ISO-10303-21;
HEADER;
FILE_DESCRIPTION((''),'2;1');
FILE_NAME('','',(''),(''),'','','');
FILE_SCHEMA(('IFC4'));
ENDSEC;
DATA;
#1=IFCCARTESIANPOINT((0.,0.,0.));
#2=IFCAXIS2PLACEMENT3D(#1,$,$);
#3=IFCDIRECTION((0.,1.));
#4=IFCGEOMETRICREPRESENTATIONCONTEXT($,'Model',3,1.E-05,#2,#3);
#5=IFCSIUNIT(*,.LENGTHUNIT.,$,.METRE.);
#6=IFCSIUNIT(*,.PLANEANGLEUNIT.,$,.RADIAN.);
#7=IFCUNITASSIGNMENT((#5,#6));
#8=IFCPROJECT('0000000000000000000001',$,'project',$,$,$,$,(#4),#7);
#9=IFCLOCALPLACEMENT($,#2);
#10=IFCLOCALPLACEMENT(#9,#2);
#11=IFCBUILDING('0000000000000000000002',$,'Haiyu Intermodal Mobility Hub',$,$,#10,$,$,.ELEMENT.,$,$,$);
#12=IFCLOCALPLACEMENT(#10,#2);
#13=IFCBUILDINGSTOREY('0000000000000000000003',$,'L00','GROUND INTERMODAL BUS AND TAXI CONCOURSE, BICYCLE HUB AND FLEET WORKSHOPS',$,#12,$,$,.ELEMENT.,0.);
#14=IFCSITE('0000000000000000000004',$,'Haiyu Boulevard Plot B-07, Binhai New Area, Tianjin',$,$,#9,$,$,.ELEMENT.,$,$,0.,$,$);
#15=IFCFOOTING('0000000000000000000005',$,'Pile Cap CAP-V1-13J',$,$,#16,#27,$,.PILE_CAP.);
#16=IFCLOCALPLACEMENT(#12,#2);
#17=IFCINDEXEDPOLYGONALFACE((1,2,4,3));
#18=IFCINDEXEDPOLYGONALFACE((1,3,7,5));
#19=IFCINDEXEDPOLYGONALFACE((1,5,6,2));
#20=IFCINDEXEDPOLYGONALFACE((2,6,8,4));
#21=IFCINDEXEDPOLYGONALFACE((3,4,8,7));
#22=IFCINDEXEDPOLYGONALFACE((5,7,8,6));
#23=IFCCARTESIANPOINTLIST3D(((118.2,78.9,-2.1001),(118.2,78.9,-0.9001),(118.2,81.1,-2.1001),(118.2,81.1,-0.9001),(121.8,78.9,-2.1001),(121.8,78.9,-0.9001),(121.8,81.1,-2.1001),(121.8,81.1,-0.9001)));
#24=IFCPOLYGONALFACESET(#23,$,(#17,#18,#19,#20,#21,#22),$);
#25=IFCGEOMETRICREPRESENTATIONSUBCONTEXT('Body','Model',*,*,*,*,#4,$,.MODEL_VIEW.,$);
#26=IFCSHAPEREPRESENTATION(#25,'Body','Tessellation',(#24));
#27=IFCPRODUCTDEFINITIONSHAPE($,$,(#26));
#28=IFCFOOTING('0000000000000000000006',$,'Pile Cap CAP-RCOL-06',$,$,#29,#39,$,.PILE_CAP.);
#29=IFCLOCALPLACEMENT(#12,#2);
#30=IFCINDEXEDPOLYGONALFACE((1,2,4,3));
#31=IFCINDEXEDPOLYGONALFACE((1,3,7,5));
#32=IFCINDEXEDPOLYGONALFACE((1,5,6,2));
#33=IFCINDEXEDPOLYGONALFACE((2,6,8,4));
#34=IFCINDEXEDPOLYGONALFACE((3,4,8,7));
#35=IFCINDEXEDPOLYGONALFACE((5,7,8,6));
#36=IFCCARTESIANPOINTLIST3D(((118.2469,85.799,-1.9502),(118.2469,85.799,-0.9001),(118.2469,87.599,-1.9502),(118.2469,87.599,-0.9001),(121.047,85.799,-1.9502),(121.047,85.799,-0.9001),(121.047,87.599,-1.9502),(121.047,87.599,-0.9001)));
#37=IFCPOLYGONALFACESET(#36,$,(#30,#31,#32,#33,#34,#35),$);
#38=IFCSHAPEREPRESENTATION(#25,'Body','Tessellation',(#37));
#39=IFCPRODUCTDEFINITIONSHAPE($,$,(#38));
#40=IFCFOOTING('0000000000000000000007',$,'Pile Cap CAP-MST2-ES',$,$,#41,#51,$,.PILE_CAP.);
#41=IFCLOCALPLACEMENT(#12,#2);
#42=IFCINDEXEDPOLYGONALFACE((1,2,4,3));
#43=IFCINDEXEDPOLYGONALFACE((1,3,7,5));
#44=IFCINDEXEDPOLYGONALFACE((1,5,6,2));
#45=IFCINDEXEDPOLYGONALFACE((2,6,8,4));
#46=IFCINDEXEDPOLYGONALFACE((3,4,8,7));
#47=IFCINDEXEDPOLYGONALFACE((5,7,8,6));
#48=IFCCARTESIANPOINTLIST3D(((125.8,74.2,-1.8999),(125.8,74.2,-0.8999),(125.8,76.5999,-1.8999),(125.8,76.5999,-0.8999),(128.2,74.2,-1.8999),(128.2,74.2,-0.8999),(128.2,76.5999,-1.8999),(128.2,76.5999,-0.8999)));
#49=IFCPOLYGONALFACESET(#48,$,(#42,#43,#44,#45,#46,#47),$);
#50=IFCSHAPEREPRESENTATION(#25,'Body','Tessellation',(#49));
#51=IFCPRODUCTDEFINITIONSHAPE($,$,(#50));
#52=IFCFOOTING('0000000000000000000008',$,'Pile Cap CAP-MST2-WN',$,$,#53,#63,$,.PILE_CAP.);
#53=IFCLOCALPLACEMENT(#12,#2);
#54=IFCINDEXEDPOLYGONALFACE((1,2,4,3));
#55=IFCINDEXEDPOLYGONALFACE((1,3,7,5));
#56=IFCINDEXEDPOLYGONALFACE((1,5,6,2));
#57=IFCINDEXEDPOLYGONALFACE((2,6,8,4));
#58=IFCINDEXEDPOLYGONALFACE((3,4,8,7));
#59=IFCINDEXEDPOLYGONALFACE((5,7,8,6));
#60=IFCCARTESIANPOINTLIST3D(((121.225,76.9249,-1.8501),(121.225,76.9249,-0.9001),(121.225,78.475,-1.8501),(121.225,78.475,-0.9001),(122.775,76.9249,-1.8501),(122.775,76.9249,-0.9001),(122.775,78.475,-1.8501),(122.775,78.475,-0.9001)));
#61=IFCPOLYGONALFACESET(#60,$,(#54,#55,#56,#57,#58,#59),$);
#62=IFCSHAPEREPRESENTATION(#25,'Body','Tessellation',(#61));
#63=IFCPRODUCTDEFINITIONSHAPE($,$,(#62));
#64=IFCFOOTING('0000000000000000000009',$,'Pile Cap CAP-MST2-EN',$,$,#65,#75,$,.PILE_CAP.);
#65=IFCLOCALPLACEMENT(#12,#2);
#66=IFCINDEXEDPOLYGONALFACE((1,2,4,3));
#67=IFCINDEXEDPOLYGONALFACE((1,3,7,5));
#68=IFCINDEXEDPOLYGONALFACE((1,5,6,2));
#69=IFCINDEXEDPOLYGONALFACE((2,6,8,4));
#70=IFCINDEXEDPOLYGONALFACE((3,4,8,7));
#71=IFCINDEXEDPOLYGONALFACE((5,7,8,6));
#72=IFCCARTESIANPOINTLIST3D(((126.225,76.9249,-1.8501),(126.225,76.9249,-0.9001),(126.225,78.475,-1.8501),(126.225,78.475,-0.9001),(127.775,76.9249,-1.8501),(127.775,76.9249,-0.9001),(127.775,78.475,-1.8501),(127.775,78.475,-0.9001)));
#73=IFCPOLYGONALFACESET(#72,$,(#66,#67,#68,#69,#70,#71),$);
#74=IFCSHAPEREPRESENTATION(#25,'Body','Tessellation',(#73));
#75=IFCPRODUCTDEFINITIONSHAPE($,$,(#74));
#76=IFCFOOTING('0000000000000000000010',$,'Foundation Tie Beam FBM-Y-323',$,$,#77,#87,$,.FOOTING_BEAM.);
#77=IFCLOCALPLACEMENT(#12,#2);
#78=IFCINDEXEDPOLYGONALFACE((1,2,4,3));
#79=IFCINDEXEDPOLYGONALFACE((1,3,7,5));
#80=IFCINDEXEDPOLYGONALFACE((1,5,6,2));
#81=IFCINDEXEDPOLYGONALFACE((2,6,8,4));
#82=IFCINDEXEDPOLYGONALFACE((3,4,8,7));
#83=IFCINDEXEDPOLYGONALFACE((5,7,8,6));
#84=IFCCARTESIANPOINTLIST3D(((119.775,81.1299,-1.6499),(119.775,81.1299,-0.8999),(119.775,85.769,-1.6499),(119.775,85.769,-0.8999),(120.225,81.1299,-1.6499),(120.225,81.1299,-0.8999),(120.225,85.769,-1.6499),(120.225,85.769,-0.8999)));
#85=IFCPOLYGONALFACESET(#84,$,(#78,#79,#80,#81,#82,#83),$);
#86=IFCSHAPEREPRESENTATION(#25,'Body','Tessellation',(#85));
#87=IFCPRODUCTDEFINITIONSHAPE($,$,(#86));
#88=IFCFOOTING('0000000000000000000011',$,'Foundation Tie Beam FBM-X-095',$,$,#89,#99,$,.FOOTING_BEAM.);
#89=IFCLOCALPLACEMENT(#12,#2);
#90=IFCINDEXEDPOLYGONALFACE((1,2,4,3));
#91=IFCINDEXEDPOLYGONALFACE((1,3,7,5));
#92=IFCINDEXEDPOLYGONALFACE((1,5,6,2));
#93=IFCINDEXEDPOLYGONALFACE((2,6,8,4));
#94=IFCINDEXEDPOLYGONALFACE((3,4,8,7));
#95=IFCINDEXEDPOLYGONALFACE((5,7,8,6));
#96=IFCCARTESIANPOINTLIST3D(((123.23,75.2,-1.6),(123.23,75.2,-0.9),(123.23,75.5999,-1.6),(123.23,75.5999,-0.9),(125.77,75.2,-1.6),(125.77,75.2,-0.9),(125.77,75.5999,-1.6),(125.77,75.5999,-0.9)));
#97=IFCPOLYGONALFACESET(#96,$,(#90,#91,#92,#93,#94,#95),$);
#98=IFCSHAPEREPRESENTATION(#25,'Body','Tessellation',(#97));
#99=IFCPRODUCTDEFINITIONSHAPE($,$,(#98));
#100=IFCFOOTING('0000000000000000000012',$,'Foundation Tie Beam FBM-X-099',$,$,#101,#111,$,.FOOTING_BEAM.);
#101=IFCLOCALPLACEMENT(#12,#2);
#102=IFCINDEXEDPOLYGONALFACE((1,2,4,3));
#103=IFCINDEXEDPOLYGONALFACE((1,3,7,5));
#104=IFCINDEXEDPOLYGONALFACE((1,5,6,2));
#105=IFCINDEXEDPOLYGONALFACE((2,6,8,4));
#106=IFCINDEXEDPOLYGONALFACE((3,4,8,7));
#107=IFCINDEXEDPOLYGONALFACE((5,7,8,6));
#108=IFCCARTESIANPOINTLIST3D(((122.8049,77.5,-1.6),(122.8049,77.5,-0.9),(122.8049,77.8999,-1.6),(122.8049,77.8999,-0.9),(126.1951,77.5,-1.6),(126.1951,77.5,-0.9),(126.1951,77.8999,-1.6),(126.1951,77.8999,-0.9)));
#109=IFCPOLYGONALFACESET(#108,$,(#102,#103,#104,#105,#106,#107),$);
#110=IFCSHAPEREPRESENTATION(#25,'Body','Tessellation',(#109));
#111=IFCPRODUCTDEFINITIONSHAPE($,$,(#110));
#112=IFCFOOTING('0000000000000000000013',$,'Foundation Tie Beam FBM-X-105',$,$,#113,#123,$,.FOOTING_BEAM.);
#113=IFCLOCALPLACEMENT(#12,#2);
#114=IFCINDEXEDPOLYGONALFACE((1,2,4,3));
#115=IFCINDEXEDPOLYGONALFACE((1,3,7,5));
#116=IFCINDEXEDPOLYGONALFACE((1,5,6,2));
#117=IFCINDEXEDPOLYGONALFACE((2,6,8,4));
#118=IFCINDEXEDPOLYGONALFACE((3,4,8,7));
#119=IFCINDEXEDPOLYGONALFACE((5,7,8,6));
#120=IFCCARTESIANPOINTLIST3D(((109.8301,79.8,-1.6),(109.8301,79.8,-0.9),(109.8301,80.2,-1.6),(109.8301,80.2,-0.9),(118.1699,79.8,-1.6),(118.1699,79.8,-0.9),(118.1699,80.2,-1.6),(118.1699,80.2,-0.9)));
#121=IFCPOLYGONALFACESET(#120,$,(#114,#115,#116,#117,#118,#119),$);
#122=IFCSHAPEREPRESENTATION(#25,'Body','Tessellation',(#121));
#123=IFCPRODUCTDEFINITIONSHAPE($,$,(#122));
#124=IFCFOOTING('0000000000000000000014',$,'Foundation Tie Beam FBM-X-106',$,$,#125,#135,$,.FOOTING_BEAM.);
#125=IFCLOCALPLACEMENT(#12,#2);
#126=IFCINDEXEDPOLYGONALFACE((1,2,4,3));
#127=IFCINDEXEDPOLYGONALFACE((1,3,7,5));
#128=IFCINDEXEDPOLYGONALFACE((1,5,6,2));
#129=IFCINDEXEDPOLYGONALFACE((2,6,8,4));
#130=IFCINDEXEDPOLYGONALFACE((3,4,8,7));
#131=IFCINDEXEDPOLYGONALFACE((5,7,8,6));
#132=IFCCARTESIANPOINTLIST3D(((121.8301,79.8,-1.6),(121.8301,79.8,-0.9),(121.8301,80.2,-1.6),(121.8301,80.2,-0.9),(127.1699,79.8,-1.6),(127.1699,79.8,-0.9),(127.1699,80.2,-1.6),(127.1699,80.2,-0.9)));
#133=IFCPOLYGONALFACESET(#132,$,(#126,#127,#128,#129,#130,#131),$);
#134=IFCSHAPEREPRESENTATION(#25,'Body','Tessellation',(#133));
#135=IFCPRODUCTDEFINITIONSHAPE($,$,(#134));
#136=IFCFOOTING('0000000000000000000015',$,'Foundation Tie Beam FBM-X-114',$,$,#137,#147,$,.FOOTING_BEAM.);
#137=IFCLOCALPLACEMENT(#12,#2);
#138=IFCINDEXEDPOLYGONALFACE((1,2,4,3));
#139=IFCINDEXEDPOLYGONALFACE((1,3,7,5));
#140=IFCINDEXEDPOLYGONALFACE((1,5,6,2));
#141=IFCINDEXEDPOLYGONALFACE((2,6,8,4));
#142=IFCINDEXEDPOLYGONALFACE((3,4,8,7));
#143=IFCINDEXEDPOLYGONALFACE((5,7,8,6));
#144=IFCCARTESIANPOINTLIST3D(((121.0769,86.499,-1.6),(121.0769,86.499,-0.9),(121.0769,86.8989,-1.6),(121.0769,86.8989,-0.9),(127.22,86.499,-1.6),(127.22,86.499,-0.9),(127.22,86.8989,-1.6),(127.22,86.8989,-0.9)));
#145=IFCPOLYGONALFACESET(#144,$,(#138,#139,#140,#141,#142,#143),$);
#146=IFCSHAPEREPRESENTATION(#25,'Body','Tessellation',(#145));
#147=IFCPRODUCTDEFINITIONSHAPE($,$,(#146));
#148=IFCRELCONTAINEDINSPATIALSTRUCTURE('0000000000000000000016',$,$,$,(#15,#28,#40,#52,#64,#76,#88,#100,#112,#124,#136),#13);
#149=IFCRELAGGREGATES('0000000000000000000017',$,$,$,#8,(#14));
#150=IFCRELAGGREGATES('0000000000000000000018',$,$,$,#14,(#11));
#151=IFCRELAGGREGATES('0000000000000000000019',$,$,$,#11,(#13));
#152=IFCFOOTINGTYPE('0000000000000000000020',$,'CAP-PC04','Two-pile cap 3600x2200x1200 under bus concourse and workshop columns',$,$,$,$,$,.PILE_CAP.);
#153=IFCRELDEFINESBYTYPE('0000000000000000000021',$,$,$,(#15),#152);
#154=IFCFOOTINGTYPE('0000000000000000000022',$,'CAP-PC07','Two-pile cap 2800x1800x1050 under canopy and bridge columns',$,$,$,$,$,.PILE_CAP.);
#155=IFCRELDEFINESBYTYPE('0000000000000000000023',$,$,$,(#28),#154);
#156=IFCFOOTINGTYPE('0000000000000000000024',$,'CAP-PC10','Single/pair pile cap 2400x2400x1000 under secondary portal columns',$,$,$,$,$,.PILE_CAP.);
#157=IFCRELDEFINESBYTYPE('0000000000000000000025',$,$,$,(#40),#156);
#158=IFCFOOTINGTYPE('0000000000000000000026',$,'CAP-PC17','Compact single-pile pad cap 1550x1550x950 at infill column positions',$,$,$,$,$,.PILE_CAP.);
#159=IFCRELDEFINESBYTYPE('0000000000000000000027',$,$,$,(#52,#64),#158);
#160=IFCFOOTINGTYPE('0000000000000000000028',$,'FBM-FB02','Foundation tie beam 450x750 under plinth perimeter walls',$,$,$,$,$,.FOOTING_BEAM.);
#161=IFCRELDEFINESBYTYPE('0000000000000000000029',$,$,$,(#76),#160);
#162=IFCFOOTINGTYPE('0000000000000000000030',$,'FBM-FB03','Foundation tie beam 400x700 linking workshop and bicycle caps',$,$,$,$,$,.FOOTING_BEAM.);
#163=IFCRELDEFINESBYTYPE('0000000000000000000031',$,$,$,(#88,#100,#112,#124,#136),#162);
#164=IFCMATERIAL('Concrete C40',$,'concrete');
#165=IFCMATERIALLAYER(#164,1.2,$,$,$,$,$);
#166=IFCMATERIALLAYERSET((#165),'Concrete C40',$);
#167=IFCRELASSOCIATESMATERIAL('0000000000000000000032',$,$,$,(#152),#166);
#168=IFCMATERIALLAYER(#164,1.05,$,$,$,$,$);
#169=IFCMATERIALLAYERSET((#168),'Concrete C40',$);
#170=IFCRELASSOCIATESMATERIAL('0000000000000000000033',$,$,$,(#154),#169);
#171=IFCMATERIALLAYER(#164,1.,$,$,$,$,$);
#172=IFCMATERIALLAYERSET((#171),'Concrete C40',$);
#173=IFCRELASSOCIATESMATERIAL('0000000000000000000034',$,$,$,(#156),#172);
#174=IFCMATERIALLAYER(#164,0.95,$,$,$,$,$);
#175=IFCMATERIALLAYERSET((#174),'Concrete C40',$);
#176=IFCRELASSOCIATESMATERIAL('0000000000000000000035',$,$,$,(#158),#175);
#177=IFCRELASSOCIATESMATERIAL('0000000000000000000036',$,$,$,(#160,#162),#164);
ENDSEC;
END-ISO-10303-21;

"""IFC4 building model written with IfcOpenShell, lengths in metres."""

from ifc_helpers import new_model, si_unit, direction, frame, origin, origin_2d, place, context, subcontext, project, spatial, rectangle, extrude, material, layer, layer_set, material_profile, profile_set, type_object, element, save


model = new_model("IFC4")

# Units and contexts
model_context = context("Model", 3, precision=1e-05, world=origin(), true_north=direction((0.0, 1.0)))
body_context = subcontext(model_context, "Body", "Model", "MODEL_VIEW")
ifc_project = project(units=[si_unit("LENGTHUNIT", "METRE"), si_unit("PLANEANGLEUNIT", "RADIAN")], contexts=[model_context])

# Site, building, storey
site_placement = place(None, origin())
site = spatial("IfcSite", under=ifc_project, at=site_placement, Name="Haiyu Boulevard Plot B-07, Binhai New Area, Tianjin", CompositionType="ELEMENT", RefElevation=0.0)
building_placement = place(site_placement, origin())
building = spatial("IfcBuilding", under=site, at=building_placement, Name="Haiyu Intermodal Mobility Hub", CompositionType="ELEMENT")
storey_placement = place(building_placement, origin())
storey = spatial("IfcBuildingStorey", under=building, at=storey_placement, Name="L00", Description="GROUND INTERMODAL BUS AND TAXI CONCOURSE, BICYCLE HUB AND FLEET WORKSHOPS", CompositionType="ELEMENT", Elevation=0.0)

# Footings
ifc_material_1 = material(Name="Concrete C40", Category="concrete")
ifc_layer_1 = layer(ifc_material_1, 1.2)
ifc_layer_set_1 = layer_set([ifc_layer_1], Name="Concrete C40")
footing_type_1 = type_object("IfcFootingType", Name="CAP-PC04", Description="Two-pile cap 3600x2200x1200 under bus concourse and workshop columns", PredefinedType="PILE_CAP", material=ifc_layer_set_1)
footing_1_placement = place(storey_placement, frame((120.0, 80.0, -2.1001), z_axis=(0.0, 0.0, 1.0), x_axis=(1.0, 0.0, 0.0)))
element("IfcFooting", 1, at=footing_1_placement, inside=storey, type_object=footing_type_1, Name="Pile Cap CAP-V1-13J", PredefinedType="PILE_CAP", context=body_context, shape_type="SweptSolid", body=[
    extrude(rectangle(XDim=3.6001, YDim=2.2, at=origin_2d()), origin(), (0.0, 0.0, 1.0), 1.2),
])
ifc_layer_2 = layer(ifc_material_1, 1.05)
ifc_layer_set_2 = layer_set([ifc_layer_2], Name="Concrete C40")
footing_type_2 = type_object("IfcFootingType", Name="CAP-PC07", Description="Two-pile cap 2800x1800x1050 under canopy and bridge columns", PredefinedType="PILE_CAP", material=ifc_layer_set_2)
footing_2_placement = place(storey_placement, frame((119.647, 86.699, -1.9502), z_axis=(0.0, 0.0, 1.0), x_axis=(1.0, 0.0, 0.0)))
element("IfcFooting", 2, at=footing_2_placement, inside=storey, type_object=footing_type_2, Name="Pile Cap CAP-RCOL-06", PredefinedType="PILE_CAP", context=body_context, shape_type="SweptSolid", body=[
    extrude(rectangle(XDim=2.8, YDim=1.8, at=origin_2d()), origin(), (0.0, 0.0, 1.0), 1.05),
])
ifc_layer_3 = layer(ifc_material_1, 1.0)
ifc_layer_set_3 = layer_set([ifc_layer_3], Name="Concrete C40")
footing_type_3 = type_object("IfcFootingType", Name="CAP-PC10", Description="Single/pair pile cap 2400x2400x1000 under secondary portal columns", PredefinedType="PILE_CAP", material=ifc_layer_set_3)
footing_3_placement = place(storey_placement, frame((127.0, 75.3999, -1.8999), z_axis=(0.0, 0.0, 1.0), x_axis=(1.0, 0.0, 0.0)))
element("IfcFooting", 3, at=footing_3_placement, inside=storey, type_object=footing_type_3, Name="Pile Cap CAP-MST2-ES", PredefinedType="PILE_CAP", context=body_context, shape_type="SweptSolid", body=[
    extrude(rectangle(XDim=2.3999, YDim=2.3999, at=origin_2d()), origin(), (0.0, 0.0, 1.0), 1.0),
])
ifc_layer_4 = layer(ifc_material_1, 0.95)
ifc_layer_set_4 = layer_set([ifc_layer_4], Name="Concrete C40")
footing_type_4 = type_object("IfcFootingType", Name="CAP-PC17", Description="Compact single-pile pad cap 1550x1550x950 at infill column positions", PredefinedType="PILE_CAP", material=ifc_layer_set_4)
for number, where, z_axis, x_axis, name in (
    (4, (122.0, 77.7, -1.8501), (0.0, 0.0, 1.0), (1.0, 0.0, 0.0), "Pile Cap CAP-MST2-WN"),
    (5, (127.0, 77.7, -1.8501), (0.0, 0.0, 1.0), (1.0, 0.0, 0.0), "Pile Cap CAP-MST2-EN"),
):
    element("IfcFooting", number, at=place(storey_placement, frame(where, z_axis=z_axis, x_axis=x_axis)), inside=storey, type_object=footing_type_4, Name=name, PredefinedType="PILE_CAP", context=body_context, shape_type="SweptSolid", body=[
        extrude(rectangle(XDim=1.55, YDim=1.55, at=origin_2d()), origin(), (0.0, 0.0, 1.0), 0.95),
    ])
ifc_material_profile_1 = material_profile(ifc_material_1, rectangle(XDim=0.45, YDim=0.75, at=origin_2d()), Name="FB450x750")
ifc_profile_set_1 = profile_set([ifc_material_profile_1], Name="Concrete C40")
footing_type_5 = type_object("IfcFootingType", Name="FBM-FB02", Description="Foundation tie beam 450x750 under plinth perimeter walls", PredefinedType="FOOTING_BEAM", material=ifc_profile_set_1)
footing_4_placement = place(storey_placement, frame((120.0, 81.1299, -1.2749), z_axis=(0.0, 1.0, 0.0), x_axis=(-1.0, 0.0, 0.0)))
element("IfcFooting", 6, at=footing_4_placement, inside=storey, type_object=footing_type_5, Name="Foundation Tie Beam FBM-Y-323", PredefinedType="FOOTING_BEAM", context=body_context, shape_type="SweptSolid", body=[
    extrude(rectangle(XDim=0.45, YDim=0.75, at=origin_2d()), origin(), (0.0, 0.0, 1.0), 4.6392),
])
ifc_material_profile_2 = material_profile(ifc_material_1, rectangle(XDim=0.3999, YDim=0.7, at=origin_2d()), Name="FB400x700")
ifc_profile_set_2 = profile_set([ifc_material_profile_2], Name="Concrete C40")
footing_type_6 = type_object("IfcFootingType", Name="FBM-FB03", Description="Foundation tie beam 400x700 linking workshop and bicycle caps", PredefinedType="FOOTING_BEAM", material=ifc_profile_set_2)
footing_5_placement = place(storey_placement, frame((123.23, 75.3999, -1.25), z_axis=(1.0, 0.0, 0.0), x_axis=(0.0, 1.0, 0.0)))
element("IfcFooting", 7, at=footing_5_placement, inside=storey, type_object=footing_type_6, Name="Foundation Tie Beam FBM-X-095", PredefinedType="FOOTING_BEAM", context=body_context, shape_type="SweptSolid", body=[
    extrude(rectangle(XDim=0.3999, YDim=0.7, at=origin_2d()), origin(), (0.0, 0.0, 1.0), 2.54),
])
footing_6_placement = place(storey_placement, frame((122.8049, 77.7, -1.25), z_axis=(1.0, 0.0, 0.0), x_axis=(0.0, 1.0, 0.0)))
element("IfcFooting", 8, at=footing_6_placement, inside=storey, type_object=footing_type_6, Name="Foundation Tie Beam FBM-X-099", PredefinedType="FOOTING_BEAM", context=body_context, shape_type="SweptSolid", body=[
    extrude(rectangle(XDim=0.3999, YDim=0.7, at=origin_2d()), origin(), (0.0, 0.0, 1.0), 3.3901),
])
footing_7_placement = place(storey_placement, frame((109.8301, 80.0, -1.25), z_axis=(1.0, 0.0, 0.0), x_axis=(0.0, 1.0, 0.0)))
element("IfcFooting", 9, at=footing_7_placement, inside=storey, type_object=footing_type_6, Name="Foundation Tie Beam FBM-X-105", PredefinedType="FOOTING_BEAM", context=body_context, shape_type="SweptSolid", body=[
    extrude(rectangle(XDim=0.3999, YDim=0.7, at=origin_2d()), origin(), (0.0, 0.0, 1.0), 8.3398),
])
footing_8_placement = place(storey_placement, frame((121.8301, 80.0, -1.25), z_axis=(1.0, 0.0, 0.0), x_axis=(0.0, 1.0, 0.0)))
element("IfcFooting", 10, at=footing_8_placement, inside=storey, type_object=footing_type_6, Name="Foundation Tie Beam FBM-X-106", PredefinedType="FOOTING_BEAM", context=body_context, shape_type="SweptSolid", body=[
    extrude(rectangle(XDim=0.3999, YDim=0.7, at=origin_2d()), origin(), (0.0, 0.0, 1.0), 5.3398),
])
footing_9_placement = place(storey_placement, frame((121.0769, 86.699, -1.25), z_axis=(1.0, 0.0, 0.0), x_axis=(0.0, 1.0, 0.0)))
element("IfcFooting", 11, at=footing_9_placement, inside=storey, type_object=footing_type_6, Name="Foundation Tie Beam FBM-X-114", PredefinedType="FOOTING_BEAM", context=body_context, shape_type="SweptSolid", body=[
    extrude(rectangle(XDim=0.3999, YDim=0.7, at=origin_2d()), origin(), (0.0, 0.0, 1.0), 6.1431),
])

save(model, "model.ifc")
